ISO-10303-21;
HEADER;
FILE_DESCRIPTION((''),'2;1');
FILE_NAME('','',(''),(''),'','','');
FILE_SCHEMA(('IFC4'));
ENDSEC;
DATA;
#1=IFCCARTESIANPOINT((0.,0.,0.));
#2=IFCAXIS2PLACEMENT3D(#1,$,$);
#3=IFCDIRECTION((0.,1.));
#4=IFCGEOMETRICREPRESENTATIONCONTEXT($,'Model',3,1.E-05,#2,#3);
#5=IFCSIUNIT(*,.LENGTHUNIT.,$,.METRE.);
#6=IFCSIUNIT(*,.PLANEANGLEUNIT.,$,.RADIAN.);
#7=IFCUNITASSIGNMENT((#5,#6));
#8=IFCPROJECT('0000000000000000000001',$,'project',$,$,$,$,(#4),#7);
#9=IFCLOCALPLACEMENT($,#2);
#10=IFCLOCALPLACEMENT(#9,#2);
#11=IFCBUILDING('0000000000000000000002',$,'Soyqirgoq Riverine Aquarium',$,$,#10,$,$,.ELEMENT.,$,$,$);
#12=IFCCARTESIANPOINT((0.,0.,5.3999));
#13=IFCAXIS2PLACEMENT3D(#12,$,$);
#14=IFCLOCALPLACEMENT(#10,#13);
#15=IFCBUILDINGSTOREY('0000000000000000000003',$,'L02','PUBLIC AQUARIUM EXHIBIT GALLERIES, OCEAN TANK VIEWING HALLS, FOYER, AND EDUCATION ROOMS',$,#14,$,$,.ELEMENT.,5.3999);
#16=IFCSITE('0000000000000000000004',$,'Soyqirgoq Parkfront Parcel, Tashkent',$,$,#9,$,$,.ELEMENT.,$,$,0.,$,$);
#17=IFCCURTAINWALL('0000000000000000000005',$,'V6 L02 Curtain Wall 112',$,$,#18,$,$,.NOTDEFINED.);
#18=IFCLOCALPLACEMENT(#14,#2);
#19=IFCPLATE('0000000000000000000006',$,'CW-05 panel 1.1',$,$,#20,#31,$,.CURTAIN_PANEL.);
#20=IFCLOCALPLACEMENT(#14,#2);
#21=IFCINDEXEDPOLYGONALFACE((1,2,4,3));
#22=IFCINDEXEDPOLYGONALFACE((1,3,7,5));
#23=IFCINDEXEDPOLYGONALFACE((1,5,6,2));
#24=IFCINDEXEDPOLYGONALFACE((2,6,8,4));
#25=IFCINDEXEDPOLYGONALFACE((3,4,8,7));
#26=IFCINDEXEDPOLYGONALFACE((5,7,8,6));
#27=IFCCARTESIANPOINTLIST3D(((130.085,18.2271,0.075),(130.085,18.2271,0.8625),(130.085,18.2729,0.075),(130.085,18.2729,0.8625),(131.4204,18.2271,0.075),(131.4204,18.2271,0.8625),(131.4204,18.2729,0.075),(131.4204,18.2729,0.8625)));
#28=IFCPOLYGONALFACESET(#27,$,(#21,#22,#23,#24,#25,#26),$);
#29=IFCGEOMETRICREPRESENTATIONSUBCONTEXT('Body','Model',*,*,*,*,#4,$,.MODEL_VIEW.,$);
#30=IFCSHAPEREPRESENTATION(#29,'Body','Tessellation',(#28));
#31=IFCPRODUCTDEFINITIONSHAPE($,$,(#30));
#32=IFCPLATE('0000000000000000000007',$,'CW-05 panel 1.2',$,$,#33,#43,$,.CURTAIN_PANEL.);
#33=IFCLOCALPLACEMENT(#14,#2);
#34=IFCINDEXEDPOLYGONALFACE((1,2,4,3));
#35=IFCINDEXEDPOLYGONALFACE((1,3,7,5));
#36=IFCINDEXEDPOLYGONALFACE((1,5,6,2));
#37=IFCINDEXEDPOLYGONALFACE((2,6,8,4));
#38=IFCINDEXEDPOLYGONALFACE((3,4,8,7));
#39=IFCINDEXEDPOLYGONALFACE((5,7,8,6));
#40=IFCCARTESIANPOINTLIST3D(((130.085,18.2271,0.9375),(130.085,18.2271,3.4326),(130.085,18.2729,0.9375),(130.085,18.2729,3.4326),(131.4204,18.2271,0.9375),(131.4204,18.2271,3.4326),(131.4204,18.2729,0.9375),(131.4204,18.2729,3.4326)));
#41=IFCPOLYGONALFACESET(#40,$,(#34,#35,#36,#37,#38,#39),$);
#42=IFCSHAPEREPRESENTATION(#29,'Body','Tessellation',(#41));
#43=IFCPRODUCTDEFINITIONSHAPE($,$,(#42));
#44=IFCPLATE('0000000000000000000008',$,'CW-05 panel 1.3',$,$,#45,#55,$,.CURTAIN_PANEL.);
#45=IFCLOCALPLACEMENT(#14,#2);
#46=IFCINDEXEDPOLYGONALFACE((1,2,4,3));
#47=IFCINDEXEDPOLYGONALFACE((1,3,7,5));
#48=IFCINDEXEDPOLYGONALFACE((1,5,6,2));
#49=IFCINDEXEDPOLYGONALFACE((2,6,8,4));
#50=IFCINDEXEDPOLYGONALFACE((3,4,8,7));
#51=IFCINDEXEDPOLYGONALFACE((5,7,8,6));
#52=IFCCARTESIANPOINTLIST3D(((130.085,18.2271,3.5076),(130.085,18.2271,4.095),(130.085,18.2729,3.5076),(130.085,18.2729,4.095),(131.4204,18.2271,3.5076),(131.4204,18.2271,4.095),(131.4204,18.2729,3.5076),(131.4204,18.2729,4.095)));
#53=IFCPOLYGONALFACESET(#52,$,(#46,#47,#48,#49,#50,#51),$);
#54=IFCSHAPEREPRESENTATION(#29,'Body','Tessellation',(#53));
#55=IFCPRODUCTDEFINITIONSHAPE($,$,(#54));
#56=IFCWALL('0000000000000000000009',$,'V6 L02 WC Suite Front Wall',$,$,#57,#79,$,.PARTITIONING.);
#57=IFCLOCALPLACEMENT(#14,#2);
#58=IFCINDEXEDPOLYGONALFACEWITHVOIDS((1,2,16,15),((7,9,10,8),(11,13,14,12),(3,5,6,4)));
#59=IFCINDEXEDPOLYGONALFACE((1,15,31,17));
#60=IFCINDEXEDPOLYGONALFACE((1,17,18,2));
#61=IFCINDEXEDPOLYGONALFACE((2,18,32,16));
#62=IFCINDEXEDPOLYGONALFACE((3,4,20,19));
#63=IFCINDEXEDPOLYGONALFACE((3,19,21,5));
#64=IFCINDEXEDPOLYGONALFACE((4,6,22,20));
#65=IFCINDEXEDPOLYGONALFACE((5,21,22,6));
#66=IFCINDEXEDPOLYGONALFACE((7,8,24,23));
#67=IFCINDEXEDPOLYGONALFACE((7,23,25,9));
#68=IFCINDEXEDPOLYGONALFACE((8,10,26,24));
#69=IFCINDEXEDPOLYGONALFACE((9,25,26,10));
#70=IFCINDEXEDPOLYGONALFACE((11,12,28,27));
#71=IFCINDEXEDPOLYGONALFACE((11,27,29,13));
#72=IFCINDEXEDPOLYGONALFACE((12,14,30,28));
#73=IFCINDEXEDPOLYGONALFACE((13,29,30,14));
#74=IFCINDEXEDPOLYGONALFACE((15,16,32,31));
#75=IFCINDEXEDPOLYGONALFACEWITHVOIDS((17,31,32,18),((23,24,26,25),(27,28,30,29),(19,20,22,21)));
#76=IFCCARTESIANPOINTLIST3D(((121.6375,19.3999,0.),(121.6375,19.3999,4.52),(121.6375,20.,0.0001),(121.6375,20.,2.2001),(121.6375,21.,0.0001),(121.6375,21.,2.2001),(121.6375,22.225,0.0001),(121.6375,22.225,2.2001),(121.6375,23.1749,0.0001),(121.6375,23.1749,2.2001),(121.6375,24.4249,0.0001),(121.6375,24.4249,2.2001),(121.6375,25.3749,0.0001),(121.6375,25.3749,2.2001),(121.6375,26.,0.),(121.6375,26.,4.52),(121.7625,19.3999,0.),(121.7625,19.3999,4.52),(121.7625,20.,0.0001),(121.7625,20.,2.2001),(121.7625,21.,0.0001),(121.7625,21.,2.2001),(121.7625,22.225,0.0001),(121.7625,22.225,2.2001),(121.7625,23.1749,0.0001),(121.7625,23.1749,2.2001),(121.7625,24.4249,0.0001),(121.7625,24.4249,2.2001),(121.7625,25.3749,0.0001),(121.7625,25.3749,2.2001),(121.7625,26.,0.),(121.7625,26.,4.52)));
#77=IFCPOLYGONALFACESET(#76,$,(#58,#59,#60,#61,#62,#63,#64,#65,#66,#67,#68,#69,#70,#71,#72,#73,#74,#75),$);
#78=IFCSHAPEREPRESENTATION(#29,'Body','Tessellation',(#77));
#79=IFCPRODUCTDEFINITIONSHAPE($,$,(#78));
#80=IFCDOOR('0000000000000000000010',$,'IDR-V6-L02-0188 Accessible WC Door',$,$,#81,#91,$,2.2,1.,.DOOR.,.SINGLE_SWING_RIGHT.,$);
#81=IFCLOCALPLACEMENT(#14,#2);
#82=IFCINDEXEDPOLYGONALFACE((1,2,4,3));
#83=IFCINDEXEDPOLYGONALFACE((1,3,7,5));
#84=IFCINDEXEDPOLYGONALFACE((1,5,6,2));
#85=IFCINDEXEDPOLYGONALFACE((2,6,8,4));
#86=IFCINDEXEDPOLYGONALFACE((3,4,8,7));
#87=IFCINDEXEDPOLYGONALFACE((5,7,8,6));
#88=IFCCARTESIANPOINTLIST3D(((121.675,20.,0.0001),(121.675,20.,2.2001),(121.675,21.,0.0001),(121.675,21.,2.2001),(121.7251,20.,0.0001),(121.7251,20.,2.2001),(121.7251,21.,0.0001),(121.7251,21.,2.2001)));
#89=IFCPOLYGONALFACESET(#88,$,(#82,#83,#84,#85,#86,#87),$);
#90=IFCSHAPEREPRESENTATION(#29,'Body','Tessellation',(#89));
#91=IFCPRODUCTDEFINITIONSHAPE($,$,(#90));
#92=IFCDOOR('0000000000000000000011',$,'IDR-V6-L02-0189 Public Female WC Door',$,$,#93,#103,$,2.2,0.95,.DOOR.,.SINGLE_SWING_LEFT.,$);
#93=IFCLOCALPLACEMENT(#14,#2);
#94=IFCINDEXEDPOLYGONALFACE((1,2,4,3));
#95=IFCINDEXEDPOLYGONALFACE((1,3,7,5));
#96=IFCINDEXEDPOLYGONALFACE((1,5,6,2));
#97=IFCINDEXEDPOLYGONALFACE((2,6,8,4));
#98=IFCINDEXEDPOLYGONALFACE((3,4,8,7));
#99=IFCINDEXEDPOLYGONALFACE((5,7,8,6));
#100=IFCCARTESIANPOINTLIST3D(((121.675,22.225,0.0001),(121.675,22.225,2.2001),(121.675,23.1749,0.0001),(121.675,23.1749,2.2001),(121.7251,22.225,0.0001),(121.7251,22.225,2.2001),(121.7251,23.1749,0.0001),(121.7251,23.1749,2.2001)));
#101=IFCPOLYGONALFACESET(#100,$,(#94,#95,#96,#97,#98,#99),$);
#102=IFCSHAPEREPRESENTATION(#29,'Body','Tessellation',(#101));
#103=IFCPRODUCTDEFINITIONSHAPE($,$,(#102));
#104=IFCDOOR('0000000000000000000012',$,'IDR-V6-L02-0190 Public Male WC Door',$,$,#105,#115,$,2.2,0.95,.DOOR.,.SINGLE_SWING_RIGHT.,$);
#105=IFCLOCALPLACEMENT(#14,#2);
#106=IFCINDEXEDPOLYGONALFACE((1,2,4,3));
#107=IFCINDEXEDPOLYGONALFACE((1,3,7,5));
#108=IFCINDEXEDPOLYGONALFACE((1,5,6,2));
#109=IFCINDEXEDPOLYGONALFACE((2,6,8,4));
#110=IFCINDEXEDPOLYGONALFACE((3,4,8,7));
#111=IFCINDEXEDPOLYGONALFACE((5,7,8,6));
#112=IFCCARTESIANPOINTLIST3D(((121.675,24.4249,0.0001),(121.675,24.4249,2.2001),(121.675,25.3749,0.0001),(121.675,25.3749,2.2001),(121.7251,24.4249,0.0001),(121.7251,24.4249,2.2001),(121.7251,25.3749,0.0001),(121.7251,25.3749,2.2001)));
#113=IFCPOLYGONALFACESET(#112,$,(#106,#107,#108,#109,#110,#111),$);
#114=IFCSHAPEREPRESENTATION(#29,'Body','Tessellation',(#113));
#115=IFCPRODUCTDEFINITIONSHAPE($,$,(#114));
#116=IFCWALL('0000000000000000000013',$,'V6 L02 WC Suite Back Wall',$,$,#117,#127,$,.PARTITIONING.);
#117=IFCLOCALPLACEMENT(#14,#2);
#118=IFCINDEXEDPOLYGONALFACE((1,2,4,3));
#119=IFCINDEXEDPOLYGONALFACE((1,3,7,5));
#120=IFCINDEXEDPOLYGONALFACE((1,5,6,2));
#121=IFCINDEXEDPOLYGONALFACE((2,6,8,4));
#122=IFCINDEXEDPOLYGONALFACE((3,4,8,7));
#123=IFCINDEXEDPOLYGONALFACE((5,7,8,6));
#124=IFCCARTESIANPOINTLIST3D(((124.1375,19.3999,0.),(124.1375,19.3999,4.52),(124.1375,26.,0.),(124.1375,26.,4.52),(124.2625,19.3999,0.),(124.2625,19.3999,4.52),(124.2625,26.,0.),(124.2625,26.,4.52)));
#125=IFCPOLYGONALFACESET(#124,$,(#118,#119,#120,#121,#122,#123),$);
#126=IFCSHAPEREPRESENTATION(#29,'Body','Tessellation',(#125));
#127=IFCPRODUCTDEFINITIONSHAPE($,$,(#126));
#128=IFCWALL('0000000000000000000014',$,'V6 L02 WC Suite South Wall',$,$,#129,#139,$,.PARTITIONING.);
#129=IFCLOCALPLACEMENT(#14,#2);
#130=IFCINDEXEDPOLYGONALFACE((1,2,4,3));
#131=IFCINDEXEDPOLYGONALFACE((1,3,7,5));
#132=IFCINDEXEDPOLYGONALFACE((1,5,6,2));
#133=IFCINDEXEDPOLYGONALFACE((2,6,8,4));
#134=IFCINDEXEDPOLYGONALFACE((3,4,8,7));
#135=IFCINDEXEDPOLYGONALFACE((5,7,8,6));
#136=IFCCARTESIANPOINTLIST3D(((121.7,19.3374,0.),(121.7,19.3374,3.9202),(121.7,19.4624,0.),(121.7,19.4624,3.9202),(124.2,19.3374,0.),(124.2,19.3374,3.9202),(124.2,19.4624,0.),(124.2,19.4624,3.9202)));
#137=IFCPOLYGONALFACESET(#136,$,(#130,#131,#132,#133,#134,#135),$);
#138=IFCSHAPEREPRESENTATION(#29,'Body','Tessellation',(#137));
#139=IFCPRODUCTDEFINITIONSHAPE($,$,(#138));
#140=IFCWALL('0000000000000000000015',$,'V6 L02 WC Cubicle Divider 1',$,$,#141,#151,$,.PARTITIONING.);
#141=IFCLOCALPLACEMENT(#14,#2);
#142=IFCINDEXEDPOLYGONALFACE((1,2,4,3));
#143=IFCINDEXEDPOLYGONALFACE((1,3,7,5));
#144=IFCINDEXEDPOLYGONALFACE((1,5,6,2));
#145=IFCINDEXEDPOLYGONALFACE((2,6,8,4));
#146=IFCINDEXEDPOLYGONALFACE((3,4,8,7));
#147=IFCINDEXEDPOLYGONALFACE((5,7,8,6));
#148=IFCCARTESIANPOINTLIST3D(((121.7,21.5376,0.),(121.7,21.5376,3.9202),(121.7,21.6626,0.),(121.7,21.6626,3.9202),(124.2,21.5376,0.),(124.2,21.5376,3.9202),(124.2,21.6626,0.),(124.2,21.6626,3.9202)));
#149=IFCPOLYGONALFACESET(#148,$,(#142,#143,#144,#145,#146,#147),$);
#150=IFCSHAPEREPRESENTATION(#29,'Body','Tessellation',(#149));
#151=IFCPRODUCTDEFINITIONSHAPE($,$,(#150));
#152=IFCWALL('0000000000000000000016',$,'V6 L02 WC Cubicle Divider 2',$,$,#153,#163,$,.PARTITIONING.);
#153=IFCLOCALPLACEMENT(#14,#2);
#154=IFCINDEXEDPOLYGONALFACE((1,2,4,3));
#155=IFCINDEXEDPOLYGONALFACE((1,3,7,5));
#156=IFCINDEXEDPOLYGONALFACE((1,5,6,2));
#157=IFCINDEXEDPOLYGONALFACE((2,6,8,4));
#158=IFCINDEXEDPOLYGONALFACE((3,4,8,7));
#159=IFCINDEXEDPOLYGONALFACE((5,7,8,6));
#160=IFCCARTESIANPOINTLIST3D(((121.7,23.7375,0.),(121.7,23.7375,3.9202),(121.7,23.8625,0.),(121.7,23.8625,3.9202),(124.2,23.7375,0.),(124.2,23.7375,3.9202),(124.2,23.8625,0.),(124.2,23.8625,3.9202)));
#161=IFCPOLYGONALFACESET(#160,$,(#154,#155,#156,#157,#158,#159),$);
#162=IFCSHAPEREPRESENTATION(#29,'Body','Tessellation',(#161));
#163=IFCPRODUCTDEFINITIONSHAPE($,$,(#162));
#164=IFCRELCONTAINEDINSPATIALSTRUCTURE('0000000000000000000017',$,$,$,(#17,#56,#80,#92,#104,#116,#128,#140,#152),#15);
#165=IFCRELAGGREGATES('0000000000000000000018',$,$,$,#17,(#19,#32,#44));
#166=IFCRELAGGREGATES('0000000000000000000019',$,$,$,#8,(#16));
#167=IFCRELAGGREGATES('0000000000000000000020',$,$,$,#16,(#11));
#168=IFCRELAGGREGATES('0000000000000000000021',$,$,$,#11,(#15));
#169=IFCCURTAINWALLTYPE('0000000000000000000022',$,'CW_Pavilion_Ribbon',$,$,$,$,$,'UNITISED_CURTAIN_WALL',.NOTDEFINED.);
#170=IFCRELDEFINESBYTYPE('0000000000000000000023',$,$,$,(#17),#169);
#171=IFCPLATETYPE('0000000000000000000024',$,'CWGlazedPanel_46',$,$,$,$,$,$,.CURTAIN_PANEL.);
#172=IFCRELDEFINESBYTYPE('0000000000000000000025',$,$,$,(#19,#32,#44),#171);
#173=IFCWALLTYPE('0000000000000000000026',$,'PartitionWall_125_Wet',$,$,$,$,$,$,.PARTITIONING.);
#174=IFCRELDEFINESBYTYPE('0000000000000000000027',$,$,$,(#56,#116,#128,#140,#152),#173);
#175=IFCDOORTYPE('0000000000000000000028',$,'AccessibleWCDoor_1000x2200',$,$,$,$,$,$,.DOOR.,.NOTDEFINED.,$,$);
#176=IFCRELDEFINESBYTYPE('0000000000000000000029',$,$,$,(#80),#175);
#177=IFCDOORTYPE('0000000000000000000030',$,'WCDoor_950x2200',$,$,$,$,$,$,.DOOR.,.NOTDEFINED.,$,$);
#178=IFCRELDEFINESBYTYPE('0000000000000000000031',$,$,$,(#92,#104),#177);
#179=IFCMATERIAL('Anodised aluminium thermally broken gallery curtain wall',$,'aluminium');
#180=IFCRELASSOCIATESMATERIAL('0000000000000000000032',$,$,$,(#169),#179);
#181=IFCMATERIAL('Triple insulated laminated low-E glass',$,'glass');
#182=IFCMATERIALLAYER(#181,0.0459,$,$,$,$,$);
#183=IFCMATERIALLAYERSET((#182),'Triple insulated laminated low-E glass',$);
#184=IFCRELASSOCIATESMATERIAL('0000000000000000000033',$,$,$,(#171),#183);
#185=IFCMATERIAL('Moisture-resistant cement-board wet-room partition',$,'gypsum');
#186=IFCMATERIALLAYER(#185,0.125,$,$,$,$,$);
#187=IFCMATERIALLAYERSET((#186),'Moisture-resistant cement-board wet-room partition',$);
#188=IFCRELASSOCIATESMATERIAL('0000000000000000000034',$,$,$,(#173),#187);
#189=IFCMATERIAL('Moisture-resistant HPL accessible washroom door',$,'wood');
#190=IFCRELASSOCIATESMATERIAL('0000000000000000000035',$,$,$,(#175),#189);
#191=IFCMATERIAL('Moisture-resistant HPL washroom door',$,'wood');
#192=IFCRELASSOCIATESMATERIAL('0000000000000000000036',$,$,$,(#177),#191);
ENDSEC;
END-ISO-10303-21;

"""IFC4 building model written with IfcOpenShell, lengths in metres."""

from ifc_helpers import new_model, si_unit, direction, frame, frame_2d, origin, origin_2d, place, context, subcontext, project, spatial, rectangle, extrude, material, layer, layer_set, type_object, element, fill, aggregate, save


model = new_model("IFC4")

# Units and contexts
model_context = context("Model", 3, precision=1e-05, world=origin(), true_north=direction((0.0, 1.0)))
body_context = subcontext(model_context, "Body", "Model", "MODEL_VIEW")
ifc_project = project(units=[si_unit("LENGTHUNIT", "METRE"), si_unit("PLANEANGLEUNIT", "RADIAN")], contexts=[model_context])

# Site, building, storey
site_placement = place(None, origin())
site = spatial("IfcSite", under=ifc_project, at=site_placement, Name="Soyqirgoq Parkfront Parcel, Tashkent", CompositionType="ELEMENT", RefElevation=0.0)
building_placement = place(site_placement, origin())
building = spatial("IfcBuilding", under=site, at=building_placement, Name="Soyqirgoq Riverine Aquarium", CompositionType="ELEMENT")
storey_placement = place(building_placement, frame((0.0, 0.0, 5.3999)))
storey = spatial("IfcBuildingStorey", under=building, at=storey_placement, Name="L02", Description="PUBLIC AQUARIUM EXHIBIT GALLERIES, OCEAN TANK VIEWING HALLS, FOYER, AND EDUCATION ROOMS", CompositionType="ELEMENT", Elevation=5.3999)

# Curtain wall
ifc_material_1 = material(Name="Anodised aluminium thermally broken gallery curtain wall", Category="aluminium")
curtain_wall_type = type_object("IfcCurtainWallType", Name="CW_Pavilion_Ribbon", ElementType="UNITISED_CURTAIN_WALL", PredefinedType="NOTDEFINED", material=ifc_material_1)
curtain_wall_placement = place(storey_placement, origin())
curtain_wall = element("IfcCurtainWall", 1, at=curtain_wall_placement, inside=storey, type_object=curtain_wall_type, Name="V6 L02 Curtain Wall 112", PredefinedType="NOTDEFINED")

# Plates
ifc_material_2 = material(Name="Triple insulated laminated low-E glass", Category="glass")
ifc_layer_1 = layer(ifc_material_2, 0.0459)
ifc_layer_set_1 = layer_set([ifc_layer_1], Name="Triple insulated laminated low-E glass")
plate_type = type_object("IfcPlateType", Name="CWGlazedPanel_46", PredefinedType="CURTAIN_PANEL", material=ifc_layer_set_1)
plate_1_placement = place(storey_placement, frame((130.7527, 18.25, 0.075), z_axis=(0.0, 0.0, 1.0), x_axis=(1.0, 0.0, 0.0)))
plate_1 = element("IfcPlate", 2, at=plate_1_placement, type_object=plate_type, Name="CW-05 panel 1.1", PredefinedType="CURTAIN_PANEL", context=body_context, shape_type="SweptSolid", body=[
    extrude(rectangle(XDim=1.3354, YDim=0.0459, at=origin_2d()), origin(), (0.0, 0.0, 1.0), 0.7876),
])
plate_2_placement = place(storey_placement, frame((130.7527, 18.25, 0.9375), z_axis=(0.0, 0.0, 1.0), x_axis=(1.0, 0.0, 0.0)))
plate_2 = element("IfcPlate", 3, at=plate_2_placement, type_object=plate_type, Name="CW-05 panel 1.2", PredefinedType="CURTAIN_PANEL", context=body_context, shape_type="SweptSolid", body=[
    extrude(rectangle(XDim=1.3354, YDim=0.0459, at=origin_2d()), origin(), (0.0, 0.0, 1.0), 2.4951),
])
plate_3_placement = place(storey_placement, frame((130.7527, 18.25, 3.5076), z_axis=(0.0, 0.0, 1.0), x_axis=(1.0, 0.0, 0.0)))
plate_3 = element("IfcPlate", 4, at=plate_3_placement, type_object=plate_type, Name="CW-05 panel 1.3", PredefinedType="CURTAIN_PANEL", context=body_context, shape_type="SweptSolid", body=[
    extrude(rectangle(XDim=1.3354, YDim=0.0459, at=origin_2d()), origin(), (0.0, 0.0, 1.0), 0.5874),
])
aggregate(curtain_wall, [plate_1, plate_2, plate_3])

# Wall, openings, doors
ifc_material_3 = material(Name="Moisture-resistant cement-board wet-room partition", Category="gypsum")
ifc_layer_2 = layer(ifc_material_3, 0.125)
ifc_layer_set_2 = layer_set([ifc_layer_2], Name="Moisture-resistant cement-board wet-room partition")
wall_type = type_object("IfcWallType", Name="PartitionWall_125_Wet", PredefinedType="PARTITIONING", material=ifc_layer_set_2)
wall_1_placement = place(storey_placement, frame((121.7, 19.3999, 0.0), z_axis=(0.0, 0.0, 1.0), x_axis=(0.0, 1.0, 0.0)))
wall_1 = element("IfcWall", 5, at=wall_1_placement, inside=storey, type_object=wall_type, Name="V6 L02 WC Suite Front Wall", PredefinedType="PARTITIONING", context=body_context, shape_type="SweptSolid", body=[
    extrude(rectangle(XDim=6.6001, YDim=0.125, at=frame_2d((3.3, 0.0))), origin(), (0.0, 0.0, 1.0), 4.52),
])
opening_1_placement = place(wall_1_placement, frame((0.6001, 0.0, 0.0)))
opening_1 = element("IfcOpeningElement", 6, at=opening_1_placement, cuts=wall_1, PredefinedType="OPENING", context=body_context, shape_type="SweptSolid", body=[
    extrude(rectangle(XDim=1.0, YDim=2.2, at=frame_2d((0.5, 1.1001))), frame((0.0, 0.0725, 0.0), z_axis=(0.0, -1.0, 0.0), x_axis=(1.0, 0.0, 0.0)), (0.0, 0.0, 1.0), 0.145),
])
opening_2_placement = place(wall_1_placement, frame((2.825, 0.0, 0.0)))
opening_2 = element("IfcOpeningElement", 7, at=opening_2_placement, cuts=wall_1, PredefinedType="OPENING", context=body_context, shape_type="SweptSolid", body=[
    extrude(rectangle(XDim=0.95, YDim=2.2, at=frame_2d((0.4751, 1.1001))), frame((0.0, 0.0725, 0.0), z_axis=(0.0, -1.0, 0.0), x_axis=(1.0, 0.0, 0.0)), (0.0, 0.0, 1.0), 0.145),
])
opening_3_placement = place(wall_1_placement, frame((5.0249, 0.0, 0.0)))
opening_3 = element("IfcOpeningElement", 8, at=opening_3_placement, cuts=wall_1, PredefinedType="OPENING", context=body_context, shape_type="SweptSolid", body=[
    extrude(rectangle(XDim=0.95, YDim=2.2, at=frame_2d((0.4751, 1.1001))), frame((0.0, 0.0725, 0.0), z_axis=(0.0, -1.0, 0.0), x_axis=(1.0, 0.0, 0.0)), (0.0, 0.0, 1.0), 0.145),
])
ifc_material_4 = material(Name="Moisture-resistant HPL accessible washroom door", Category="wood")
door_type_1 = type_object("IfcDoorType", Name="AccessibleWCDoor_1000x2200", OperationType="NOTDEFINED", PredefinedType="DOOR", material=ifc_material_4)
door_1_placement = place(opening_1_placement, origin())
door_1 = element("IfcDoor", 9, at=door_1_placement, inside=storey, type_object=door_type_1, Name="IDR-V6-L02-0188 Accessible WC Door", OperationType="SINGLE_SWING_RIGHT", OverallHeight=2.2, OverallWidth=1.0, PredefinedType="DOOR", context=body_context, shape_type="SweptSolid", body=[
    extrude(rectangle(XDim=1.0, YDim=2.2, at=frame_2d((0.5, 1.1001))), frame((0.0, 0.0249, 0.0), z_axis=(0.0, -1.0, 0.0), x_axis=(1.0, 0.0, 0.0)), (0.0, 0.0, 1.0), 0.05),
])
fill(opening_1, door_1)
ifc_material_5 = material(Name="Moisture-resistant HPL washroom door", Category="wood")
door_type_2 = type_object("IfcDoorType", Name="WCDoor_950x2200", OperationType="NOTDEFINED", PredefinedType="DOOR", material=ifc_material_5)
door_2_placement = place(opening_2_placement, origin())
door_2 = element("IfcDoor", 10, at=door_2_placement, inside=storey, type_object=door_type_2, Name="IDR-V6-L02-0189 Public Female WC Door", OperationType="SINGLE_SWING_LEFT", OverallHeight=2.2, OverallWidth=0.95, PredefinedType="DOOR", context=body_context, shape_type="SweptSolid", body=[
    extrude(rectangle(XDim=0.95, YDim=2.2, at=frame_2d((0.4751, 1.1001))), frame((0.0, 0.0249, 0.0), z_axis=(0.0, -1.0, 0.0), x_axis=(1.0, 0.0, 0.0)), (0.0, 0.0, 1.0), 0.05),
])
fill(opening_2, door_2)
door_3_placement = place(opening_3_placement, origin())
door_3 = element("IfcDoor", 11, at=door_3_placement, inside=storey, type_object=door_type_2, Name="IDR-V6-L02-0190 Public Male WC Door", OperationType="SINGLE_SWING_RIGHT", OverallHeight=2.2, OverallWidth=0.95, PredefinedType="DOOR", context=body_context, shape_type="SweptSolid", body=[
    extrude(rectangle(XDim=0.95, YDim=2.2, at=frame_2d((0.4751, 1.1001))), frame((0.0, 0.0249, 0.0), z_axis=(0.0, -1.0, 0.0), x_axis=(1.0, 0.0, 0.0)), (0.0, 0.0, 1.0), 0.05),
])
fill(opening_3, door_3)

# Walls
wall_2_placement = place(storey_placement, frame((124.2, 19.3999, 0.0), z_axis=(0.0, 0.0, 1.0), x_axis=(0.0, 1.0, 0.0)))
element("IfcWall", 12, at=wall_2_placement, inside=storey, type_object=wall_type, Name="V6 L02 WC Suite Back Wall", PredefinedType="PARTITIONING", context=body_context, shape_type="SweptSolid", body=[
    extrude(rectangle(XDim=6.6001, YDim=0.125, at=frame_2d((3.3, 0.0))), origin(), (0.0, 0.0, 1.0), 4.52),
])
for number, where, z_axis, x_axis, name in (
    (13, (121.7, 19.3999, 0.0), (0.0, 0.0, 1.0), (1.0, 0.0, 0.0), "V6 L02 WC Suite South Wall"),
    (14, (121.7, 21.6001, 0.0), (0.0, 0.0, 1.0), (1.0, 0.0, 0.0), "V6 L02 WC Cubicle Divider 1"),
    (15, (121.7, 23.8, 0.0), (0.0, 0.0, 1.0), (1.0, 0.0, 0.0), "V6 L02 WC Cubicle Divider 2"),
):
    element("IfcWall", number, at=place(storey_placement, frame(where, z_axis=z_axis, x_axis=x_axis)), inside=storey, type_object=wall_type, Name=name, PredefinedType="PARTITIONING", context=body_context, shape_type="SweptSolid", body=[
        extrude(rectangle(XDim=2.5, YDim=0.125, at=frame_2d((1.25, 0.0))), origin(), (0.0, 0.0, 1.0), 3.9202),
    ])

save(model, "model.ifc")
